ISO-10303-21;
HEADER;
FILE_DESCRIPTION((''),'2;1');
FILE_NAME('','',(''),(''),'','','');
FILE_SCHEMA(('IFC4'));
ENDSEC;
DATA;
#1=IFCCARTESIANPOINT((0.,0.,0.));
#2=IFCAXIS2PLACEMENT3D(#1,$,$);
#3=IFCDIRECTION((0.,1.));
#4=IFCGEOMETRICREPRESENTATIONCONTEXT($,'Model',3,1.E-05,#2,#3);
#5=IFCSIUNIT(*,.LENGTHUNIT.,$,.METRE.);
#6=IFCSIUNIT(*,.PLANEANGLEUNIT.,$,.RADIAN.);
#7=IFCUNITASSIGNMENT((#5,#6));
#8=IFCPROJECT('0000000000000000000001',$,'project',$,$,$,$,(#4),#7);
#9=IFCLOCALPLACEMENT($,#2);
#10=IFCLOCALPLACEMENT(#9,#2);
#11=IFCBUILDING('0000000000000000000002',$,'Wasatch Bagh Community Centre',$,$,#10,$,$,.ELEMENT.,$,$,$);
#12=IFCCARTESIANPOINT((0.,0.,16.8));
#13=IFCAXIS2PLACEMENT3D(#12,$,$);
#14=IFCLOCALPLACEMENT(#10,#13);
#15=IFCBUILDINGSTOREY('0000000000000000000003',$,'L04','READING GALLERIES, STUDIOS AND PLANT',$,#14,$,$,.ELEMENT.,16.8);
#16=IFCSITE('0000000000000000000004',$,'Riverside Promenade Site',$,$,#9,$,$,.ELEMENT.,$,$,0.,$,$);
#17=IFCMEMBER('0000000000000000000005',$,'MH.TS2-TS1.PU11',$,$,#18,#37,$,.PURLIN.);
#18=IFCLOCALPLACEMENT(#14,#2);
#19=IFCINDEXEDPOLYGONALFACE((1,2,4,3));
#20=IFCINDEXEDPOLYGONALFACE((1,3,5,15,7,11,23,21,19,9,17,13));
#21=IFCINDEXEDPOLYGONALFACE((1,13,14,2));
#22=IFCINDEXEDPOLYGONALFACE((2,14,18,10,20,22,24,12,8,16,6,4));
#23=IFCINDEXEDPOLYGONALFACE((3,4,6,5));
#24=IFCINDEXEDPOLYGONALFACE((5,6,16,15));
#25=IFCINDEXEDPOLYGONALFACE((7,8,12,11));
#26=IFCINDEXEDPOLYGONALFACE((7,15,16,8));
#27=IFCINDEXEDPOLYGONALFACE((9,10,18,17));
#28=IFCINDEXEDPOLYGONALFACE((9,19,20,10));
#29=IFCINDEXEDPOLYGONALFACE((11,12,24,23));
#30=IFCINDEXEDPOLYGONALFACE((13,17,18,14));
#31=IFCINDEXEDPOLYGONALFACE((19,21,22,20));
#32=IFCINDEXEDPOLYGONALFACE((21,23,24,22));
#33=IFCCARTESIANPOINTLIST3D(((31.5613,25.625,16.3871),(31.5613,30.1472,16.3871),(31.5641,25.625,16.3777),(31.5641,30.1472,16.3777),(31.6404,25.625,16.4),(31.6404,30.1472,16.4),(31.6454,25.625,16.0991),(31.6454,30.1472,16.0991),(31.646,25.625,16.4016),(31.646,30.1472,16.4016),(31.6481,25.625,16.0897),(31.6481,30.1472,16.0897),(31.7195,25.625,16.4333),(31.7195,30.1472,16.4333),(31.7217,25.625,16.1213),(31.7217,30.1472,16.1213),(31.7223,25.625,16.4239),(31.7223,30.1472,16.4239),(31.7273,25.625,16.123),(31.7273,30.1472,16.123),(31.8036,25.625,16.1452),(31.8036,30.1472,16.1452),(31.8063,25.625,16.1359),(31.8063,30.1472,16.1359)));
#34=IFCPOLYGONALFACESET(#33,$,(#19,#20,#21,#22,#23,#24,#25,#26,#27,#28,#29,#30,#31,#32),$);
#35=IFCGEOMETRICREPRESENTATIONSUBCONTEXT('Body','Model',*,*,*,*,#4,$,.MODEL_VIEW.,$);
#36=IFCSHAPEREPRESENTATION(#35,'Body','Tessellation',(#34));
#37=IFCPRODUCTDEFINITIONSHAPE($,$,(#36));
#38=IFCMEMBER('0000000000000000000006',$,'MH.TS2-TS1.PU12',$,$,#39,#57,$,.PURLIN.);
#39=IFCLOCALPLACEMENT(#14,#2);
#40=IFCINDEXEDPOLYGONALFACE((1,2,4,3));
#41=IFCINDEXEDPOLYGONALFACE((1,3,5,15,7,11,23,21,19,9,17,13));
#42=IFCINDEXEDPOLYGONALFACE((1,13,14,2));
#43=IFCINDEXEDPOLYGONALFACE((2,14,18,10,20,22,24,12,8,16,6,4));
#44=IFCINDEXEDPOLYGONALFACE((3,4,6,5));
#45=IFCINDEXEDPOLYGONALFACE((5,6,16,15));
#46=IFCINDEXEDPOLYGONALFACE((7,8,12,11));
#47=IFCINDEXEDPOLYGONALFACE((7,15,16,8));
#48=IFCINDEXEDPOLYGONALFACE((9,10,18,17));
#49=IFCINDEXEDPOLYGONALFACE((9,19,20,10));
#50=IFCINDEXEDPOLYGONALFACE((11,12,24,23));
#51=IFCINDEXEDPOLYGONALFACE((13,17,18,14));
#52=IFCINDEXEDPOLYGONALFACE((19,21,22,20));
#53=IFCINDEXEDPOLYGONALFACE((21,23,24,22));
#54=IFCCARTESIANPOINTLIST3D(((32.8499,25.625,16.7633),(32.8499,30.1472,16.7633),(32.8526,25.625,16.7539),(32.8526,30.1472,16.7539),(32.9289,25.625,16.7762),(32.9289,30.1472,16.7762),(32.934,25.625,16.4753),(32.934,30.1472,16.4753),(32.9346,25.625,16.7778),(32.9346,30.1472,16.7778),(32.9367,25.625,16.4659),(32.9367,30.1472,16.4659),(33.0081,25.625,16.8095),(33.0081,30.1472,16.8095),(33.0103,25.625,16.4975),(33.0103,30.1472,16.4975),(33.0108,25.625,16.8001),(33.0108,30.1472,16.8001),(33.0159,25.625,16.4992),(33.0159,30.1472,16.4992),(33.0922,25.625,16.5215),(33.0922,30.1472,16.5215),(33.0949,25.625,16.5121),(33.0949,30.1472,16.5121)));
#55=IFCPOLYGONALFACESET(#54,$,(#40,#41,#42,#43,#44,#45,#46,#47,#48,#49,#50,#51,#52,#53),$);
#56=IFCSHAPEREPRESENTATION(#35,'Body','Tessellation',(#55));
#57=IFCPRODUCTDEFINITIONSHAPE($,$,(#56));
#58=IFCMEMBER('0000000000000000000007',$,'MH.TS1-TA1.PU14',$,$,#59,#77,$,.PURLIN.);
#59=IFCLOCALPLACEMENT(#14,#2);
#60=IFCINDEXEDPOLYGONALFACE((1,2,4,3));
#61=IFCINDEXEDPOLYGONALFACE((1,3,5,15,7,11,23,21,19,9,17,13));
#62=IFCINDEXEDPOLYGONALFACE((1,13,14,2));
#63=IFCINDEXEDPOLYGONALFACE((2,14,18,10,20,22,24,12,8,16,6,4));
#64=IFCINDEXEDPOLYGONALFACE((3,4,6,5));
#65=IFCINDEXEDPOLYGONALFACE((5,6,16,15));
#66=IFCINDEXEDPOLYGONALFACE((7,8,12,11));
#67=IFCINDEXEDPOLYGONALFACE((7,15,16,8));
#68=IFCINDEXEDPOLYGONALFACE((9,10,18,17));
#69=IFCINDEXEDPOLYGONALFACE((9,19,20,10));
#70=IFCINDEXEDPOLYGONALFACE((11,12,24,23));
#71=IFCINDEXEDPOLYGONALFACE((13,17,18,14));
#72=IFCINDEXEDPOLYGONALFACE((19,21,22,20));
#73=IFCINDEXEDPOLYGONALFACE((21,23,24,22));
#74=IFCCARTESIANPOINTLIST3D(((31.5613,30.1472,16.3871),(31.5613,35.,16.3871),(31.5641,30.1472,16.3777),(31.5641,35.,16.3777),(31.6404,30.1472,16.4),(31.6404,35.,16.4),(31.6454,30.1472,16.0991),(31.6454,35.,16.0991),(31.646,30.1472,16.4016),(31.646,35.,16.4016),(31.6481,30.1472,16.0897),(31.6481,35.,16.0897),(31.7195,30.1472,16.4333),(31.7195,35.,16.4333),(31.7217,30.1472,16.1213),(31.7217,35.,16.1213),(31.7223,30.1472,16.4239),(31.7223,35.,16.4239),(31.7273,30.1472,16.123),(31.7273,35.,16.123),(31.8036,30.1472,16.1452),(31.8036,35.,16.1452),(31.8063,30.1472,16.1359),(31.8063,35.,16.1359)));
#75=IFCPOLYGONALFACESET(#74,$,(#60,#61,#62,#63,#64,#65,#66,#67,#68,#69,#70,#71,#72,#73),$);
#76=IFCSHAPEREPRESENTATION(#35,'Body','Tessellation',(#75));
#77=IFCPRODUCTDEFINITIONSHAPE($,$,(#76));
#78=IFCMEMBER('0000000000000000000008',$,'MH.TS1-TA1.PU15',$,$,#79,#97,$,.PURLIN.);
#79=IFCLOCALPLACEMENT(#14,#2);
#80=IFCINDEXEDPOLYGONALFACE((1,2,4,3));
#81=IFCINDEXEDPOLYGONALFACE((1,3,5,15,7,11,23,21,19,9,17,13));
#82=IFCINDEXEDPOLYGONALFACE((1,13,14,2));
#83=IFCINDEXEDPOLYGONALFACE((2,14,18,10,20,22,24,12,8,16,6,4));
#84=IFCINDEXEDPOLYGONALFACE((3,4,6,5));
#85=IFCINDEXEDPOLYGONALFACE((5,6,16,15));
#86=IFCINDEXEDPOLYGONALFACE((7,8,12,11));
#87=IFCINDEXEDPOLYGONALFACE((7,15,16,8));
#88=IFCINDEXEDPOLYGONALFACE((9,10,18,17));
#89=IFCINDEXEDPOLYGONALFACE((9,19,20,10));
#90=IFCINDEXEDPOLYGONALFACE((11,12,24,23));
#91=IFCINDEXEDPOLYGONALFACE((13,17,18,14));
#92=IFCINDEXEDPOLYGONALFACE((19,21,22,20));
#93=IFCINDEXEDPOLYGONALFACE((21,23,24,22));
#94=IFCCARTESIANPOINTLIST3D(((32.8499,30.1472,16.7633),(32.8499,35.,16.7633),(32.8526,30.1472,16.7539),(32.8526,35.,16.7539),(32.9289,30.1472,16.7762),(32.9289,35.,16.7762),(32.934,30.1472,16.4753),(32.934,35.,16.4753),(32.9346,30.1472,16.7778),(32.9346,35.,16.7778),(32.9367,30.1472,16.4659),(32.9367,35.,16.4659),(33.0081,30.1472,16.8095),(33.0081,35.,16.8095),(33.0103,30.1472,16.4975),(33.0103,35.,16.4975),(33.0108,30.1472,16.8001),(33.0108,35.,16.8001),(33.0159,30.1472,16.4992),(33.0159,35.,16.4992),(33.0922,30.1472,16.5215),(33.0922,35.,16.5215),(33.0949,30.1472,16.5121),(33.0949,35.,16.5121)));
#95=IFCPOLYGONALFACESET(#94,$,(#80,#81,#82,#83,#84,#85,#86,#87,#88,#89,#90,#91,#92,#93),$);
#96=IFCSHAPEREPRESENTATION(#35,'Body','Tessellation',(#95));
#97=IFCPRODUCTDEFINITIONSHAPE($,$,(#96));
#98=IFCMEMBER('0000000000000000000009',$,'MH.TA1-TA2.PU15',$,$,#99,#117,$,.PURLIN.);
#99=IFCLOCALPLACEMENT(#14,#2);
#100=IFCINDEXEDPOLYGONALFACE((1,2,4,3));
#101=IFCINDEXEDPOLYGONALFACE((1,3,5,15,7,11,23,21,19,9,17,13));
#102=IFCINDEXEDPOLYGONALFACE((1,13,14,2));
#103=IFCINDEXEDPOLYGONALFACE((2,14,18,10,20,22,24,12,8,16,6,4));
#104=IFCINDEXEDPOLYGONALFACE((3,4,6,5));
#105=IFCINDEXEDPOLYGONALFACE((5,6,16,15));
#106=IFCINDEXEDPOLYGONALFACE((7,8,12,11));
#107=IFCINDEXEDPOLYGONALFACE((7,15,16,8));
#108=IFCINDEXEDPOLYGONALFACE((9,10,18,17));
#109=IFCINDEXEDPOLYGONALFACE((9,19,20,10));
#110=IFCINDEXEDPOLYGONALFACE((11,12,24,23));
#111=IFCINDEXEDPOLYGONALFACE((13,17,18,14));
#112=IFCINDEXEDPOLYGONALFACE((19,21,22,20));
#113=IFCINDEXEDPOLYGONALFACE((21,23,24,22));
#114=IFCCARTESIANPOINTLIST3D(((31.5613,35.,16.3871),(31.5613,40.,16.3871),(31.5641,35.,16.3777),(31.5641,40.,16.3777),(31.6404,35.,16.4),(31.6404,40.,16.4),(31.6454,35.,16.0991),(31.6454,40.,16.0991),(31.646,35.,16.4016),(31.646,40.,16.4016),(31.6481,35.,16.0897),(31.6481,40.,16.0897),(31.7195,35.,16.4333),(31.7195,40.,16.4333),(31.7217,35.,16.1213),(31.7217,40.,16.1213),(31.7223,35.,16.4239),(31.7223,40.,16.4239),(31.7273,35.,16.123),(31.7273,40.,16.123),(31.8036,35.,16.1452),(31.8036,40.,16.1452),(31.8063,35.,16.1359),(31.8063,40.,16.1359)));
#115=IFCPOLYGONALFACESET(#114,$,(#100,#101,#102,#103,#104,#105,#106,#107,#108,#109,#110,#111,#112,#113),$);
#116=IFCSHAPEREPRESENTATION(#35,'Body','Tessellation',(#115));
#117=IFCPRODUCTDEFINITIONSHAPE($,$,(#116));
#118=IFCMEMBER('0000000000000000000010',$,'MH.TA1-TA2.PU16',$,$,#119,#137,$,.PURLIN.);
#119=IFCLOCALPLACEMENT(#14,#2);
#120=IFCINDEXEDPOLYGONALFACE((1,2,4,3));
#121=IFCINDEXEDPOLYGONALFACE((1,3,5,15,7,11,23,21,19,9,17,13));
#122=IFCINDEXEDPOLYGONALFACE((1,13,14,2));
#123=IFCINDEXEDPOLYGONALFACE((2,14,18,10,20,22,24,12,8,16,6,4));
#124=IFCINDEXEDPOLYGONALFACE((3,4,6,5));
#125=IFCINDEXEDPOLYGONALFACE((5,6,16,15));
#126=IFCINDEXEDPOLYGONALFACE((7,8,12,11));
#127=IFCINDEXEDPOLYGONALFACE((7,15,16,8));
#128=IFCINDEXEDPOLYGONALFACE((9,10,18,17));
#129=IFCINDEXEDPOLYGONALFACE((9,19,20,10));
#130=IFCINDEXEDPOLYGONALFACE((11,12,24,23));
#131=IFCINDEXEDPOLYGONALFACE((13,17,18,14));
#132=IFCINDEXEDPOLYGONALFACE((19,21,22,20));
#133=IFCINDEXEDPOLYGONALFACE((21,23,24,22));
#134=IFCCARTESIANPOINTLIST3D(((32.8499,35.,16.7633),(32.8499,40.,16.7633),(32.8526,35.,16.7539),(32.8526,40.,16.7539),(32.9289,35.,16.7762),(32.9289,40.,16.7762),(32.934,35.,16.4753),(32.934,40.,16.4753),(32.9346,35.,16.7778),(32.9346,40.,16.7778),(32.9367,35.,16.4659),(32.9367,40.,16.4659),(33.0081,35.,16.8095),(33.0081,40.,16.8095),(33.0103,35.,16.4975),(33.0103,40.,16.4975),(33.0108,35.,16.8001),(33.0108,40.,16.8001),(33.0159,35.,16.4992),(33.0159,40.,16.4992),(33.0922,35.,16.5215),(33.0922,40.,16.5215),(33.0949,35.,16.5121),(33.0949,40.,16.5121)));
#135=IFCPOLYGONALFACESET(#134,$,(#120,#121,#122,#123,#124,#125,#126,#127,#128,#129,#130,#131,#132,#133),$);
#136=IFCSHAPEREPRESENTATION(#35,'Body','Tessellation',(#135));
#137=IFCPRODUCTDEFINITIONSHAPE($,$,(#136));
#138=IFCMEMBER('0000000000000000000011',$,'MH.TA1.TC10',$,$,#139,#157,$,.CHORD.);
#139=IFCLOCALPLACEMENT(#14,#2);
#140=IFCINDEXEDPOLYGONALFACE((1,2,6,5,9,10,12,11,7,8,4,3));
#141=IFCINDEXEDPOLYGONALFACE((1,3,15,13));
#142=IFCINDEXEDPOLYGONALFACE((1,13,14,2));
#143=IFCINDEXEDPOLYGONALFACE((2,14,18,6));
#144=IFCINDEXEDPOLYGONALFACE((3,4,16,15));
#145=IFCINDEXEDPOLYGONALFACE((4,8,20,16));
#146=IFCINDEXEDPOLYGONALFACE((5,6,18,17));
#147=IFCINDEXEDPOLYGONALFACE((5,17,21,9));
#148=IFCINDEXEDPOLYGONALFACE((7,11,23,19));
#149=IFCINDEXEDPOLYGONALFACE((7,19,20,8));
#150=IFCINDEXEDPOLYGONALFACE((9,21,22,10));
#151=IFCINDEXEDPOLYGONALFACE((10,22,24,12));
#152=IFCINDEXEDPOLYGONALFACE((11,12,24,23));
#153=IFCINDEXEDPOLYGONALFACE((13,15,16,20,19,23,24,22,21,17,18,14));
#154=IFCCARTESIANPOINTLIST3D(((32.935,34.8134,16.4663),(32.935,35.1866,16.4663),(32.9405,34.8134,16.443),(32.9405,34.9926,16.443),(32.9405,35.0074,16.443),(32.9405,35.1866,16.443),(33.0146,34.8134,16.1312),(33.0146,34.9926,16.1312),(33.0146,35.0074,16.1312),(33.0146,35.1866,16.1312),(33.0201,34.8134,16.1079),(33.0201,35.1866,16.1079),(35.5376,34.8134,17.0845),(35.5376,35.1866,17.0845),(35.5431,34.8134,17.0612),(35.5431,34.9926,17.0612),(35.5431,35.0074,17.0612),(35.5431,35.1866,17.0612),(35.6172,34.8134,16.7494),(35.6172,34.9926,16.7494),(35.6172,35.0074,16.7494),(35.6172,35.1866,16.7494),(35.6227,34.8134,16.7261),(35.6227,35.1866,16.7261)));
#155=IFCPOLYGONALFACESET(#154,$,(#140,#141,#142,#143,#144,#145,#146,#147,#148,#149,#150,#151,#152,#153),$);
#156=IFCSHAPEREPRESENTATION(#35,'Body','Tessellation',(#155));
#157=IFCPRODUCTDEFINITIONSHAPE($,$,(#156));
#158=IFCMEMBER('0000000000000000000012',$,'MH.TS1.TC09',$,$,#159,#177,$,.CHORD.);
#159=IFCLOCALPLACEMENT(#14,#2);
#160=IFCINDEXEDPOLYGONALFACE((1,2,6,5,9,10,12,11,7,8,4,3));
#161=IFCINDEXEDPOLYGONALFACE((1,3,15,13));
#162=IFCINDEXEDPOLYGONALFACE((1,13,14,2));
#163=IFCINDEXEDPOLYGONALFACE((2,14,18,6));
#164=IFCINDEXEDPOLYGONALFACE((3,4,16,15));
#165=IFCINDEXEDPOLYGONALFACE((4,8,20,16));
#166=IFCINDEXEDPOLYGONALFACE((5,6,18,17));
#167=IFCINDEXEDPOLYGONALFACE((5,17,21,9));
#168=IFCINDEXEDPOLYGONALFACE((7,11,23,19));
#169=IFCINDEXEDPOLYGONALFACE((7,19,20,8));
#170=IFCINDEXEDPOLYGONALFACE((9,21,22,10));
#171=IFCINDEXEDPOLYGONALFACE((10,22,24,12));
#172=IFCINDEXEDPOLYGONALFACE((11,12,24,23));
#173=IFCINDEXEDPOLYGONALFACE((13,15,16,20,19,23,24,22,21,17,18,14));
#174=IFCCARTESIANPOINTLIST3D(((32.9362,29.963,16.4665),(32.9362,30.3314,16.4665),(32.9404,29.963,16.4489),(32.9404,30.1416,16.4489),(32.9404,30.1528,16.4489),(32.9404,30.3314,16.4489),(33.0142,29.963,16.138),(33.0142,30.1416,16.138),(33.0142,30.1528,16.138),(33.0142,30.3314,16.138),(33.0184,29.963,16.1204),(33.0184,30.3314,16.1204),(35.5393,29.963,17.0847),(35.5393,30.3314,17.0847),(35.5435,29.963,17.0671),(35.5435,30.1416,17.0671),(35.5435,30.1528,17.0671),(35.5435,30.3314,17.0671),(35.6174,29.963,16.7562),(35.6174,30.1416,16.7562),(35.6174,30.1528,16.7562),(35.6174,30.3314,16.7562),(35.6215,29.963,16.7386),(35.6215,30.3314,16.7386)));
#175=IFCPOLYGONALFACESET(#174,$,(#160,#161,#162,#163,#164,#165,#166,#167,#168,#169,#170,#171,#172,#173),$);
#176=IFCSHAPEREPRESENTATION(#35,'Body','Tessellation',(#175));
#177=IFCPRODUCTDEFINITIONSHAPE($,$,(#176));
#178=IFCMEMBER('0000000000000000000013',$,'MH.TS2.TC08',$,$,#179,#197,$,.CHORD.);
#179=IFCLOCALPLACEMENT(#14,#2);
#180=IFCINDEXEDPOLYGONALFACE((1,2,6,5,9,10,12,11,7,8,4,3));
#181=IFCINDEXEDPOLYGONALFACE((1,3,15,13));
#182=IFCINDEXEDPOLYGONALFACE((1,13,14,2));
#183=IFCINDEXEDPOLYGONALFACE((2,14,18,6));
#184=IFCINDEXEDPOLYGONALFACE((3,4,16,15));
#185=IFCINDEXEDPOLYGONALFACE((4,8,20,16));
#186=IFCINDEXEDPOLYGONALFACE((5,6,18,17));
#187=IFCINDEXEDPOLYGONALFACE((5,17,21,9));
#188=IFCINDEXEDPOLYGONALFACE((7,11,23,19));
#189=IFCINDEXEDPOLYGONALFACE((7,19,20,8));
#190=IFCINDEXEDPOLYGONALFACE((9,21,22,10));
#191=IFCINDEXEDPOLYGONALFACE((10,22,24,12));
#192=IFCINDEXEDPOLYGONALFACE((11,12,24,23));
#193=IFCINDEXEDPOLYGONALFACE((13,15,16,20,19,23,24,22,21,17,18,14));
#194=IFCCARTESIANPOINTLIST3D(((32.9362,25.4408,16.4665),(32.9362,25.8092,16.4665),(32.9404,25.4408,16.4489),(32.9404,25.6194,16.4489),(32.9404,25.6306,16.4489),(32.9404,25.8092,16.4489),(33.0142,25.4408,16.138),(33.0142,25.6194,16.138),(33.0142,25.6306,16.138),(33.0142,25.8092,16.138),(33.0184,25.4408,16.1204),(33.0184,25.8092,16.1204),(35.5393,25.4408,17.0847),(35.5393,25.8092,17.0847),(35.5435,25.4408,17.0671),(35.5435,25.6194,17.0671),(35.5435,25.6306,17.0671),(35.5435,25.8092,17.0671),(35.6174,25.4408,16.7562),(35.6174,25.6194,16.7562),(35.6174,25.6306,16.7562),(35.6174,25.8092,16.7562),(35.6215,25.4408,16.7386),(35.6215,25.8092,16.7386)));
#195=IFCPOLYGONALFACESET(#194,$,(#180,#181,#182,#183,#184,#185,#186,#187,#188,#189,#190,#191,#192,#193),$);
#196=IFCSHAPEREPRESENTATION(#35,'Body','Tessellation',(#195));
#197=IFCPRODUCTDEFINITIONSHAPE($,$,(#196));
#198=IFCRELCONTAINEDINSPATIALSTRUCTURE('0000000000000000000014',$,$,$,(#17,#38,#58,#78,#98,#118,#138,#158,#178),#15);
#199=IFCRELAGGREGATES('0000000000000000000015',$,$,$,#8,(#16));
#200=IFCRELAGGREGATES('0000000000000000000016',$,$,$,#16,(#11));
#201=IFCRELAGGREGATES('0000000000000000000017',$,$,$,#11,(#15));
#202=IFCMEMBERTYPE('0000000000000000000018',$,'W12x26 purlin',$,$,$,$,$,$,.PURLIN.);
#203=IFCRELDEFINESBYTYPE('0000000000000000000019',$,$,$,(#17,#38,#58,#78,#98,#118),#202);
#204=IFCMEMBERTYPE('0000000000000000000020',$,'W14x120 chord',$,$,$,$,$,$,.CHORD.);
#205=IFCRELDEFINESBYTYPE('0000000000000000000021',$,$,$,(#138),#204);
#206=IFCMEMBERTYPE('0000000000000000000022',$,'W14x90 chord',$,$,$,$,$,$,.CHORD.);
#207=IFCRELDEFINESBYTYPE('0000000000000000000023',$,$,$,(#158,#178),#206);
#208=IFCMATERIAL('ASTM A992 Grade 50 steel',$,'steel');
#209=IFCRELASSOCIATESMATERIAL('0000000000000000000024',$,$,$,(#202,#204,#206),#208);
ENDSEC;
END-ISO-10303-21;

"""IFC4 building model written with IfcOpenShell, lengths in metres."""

from ifc_helpers import new_model, si_unit, direction, frame, origin, origin_2d, place, context, subcontext, project, spatial, i_section, extrude, material, material_profile, profile_set, type_object, element, save


model = new_model("IFC4")

# Units and contexts
model_context = context("Model", 3, precision=1e-05, world=origin(), true_north=direction((0.0, 1.0)))
body_context = subcontext(model_context, "Body", "Model", "MODEL_VIEW")
ifc_project = project(units=[si_unit("LENGTHUNIT", "METRE"), si_unit("PLANEANGLEUNIT", "RADIAN")], contexts=[model_context])

# Site, building, storey
site_placement = place(None, origin())
site = spatial("IfcSite", under=ifc_project, at=site_placement, Name="Riverside Promenade Site", CompositionType="ELEMENT", RefElevation=0.0)
building_placement = place(site_placement, origin())
building = spatial("IfcBuilding", under=site, at=building_placement, Name="Wasatch Bagh Community Centre", CompositionType="ELEMENT")
storey_placement = place(building_placement, frame((0.0, 0.0, 16.8)))
storey = spatial("IfcBuildingStorey", under=building, at=storey_placement, Name="L04", Description="READING GALLERIES, STUDIOS AND PLANT", CompositionType="ELEMENT", Elevation=16.8)

# Members
ifc_material_1 = material(Name="ASTM A992 Grade 50 steel", Category="steel")
ifc_material_profile_1 = material_profile(ifc_material_1, i_section(OverallWidth=0.1648, OverallDepth=0.3098, WebThickness=0.0059, FlangeThickness=0.0098, at=origin_2d()), Name="W12x26")
ifc_profile_set_1 = profile_set([ifc_material_profile_1], Name="ASTM A992 Grade 50 steel")
member_type_1 = type_object("IfcMemberType", Name="W12x26 purlin", PredefinedType="PURLIN", material=ifc_profile_set_1)
for number, where, z_axis, x_axis, name in (
    (1, (31.6838, 25.625, 16.2615), (0.0, 1.0, 0.0), (-0.959938, 0.0, -0.280214), "MH.TS2-TS1.PU11"),
    (2, (32.9724, 25.625, 16.6377), (0.0, 1.0, 0.0), (-0.959938, 0.0, -0.280214), "MH.TS2-TS1.PU12"),
):
    element("IfcMember", number, at=place(storey_placement, frame(where, z_axis=z_axis, x_axis=x_axis)), inside=storey, type_object=member_type_1, Name=name, PredefinedType="PURLIN", context=body_context, shape_type="SweptSolid", body=[
        extrude(i_section(OverallWidth=0.1648, OverallDepth=0.3098, WebThickness=0.0059, FlangeThickness=0.0098, at=origin_2d()), origin(), (0.0, 0.0, 1.0), 4.5222),
    ])
for number, where, z_axis, x_axis, name in (
    (3, (31.6838, 30.1472, 16.2615), (0.0, 1.0, 0.0), (-0.959938, 0.0, -0.280214), "MH.TS1-TA1.PU14"),
    (4, (32.9724, 30.1472, 16.6377), (0.0, 1.0, 0.0), (-0.959938, 0.0, -0.280214), "MH.TS1-TA1.PU15"),
):
    element("IfcMember", number, at=place(storey_placement, frame(where, z_axis=z_axis, x_axis=x_axis)), inside=storey, type_object=member_type_1, Name=name, PredefinedType="PURLIN", context=body_context, shape_type="SweptSolid", body=[
        extrude(i_section(OverallWidth=0.1648, OverallDepth=0.3098, WebThickness=0.0059, FlangeThickness=0.0098, at=origin_2d()), origin(), (0.0, 0.0, 1.0), 4.8528),
    ])
for number, where, z_axis, x_axis, name in (
    (5, (31.6838, 35.0, 16.2615), (0.0, 1.0, 0.0), (-0.959938, 0.0, -0.280214), "MH.TA1-TA2.PU15"),
    (6, (32.9724, 35.0, 16.6377), (0.0, 1.0, 0.0), (-0.959938, 0.0, -0.280214), "MH.TA1-TA2.PU16"),
):
    element("IfcMember", number, at=place(storey_placement, frame(where, z_axis=z_axis, x_axis=x_axis)), inside=storey, type_object=member_type_1, Name=name, PredefinedType="PURLIN", context=body_context, shape_type="SweptSolid", body=[
        extrude(i_section(OverallWidth=0.1648, OverallDepth=0.3098, WebThickness=0.0059, FlangeThickness=0.0098, at=origin_2d()), origin(), (0.0, 0.0, 1.0), 5.0),
    ])
ifc_material_profile_2 = material_profile(ifc_material_1, i_section(OverallWidth=0.3733, OverallDepth=0.3684, WebThickness=0.0149, FlangeThickness=0.0239, at=origin_2d()), Name="W14x120")
ifc_profile_set_2 = profile_set([ifc_material_profile_2], Name="ASTM A992 Grade 50 steel")
member_type_2 = type_object("IfcMemberType", Name="W14x120 chord", PredefinedType="CHORD", material=ifc_profile_set_2)
member_placement = place(storey_placement, frame((32.9775, 35.0, 16.2871), z_axis=(0.972931, 0.0, 0.231094), x_axis=(0.0, 1.0, 0.0)))
element("IfcMember", 7, at=member_placement, inside=storey, type_object=member_type_2, Name="MH.TA1.TC10", PredefinedType="CHORD", context=body_context, shape_type="SweptSolid", body=[
    extrude(i_section(OverallWidth=0.3733, OverallDepth=0.3684, WebThickness=0.0149, FlangeThickness=0.0239, at=origin_2d()), origin(), (0.0, 0.0, 1.0), 2.675),
])
ifc_material_profile_3 = material_profile(ifc_material_1, i_section(OverallWidth=0.3684, OverallDepth=0.3557, WebThickness=0.0112, FlangeThickness=0.0181, at=origin_2d()), Name="W14x90")
ifc_profile_set_3 = profile_set([ifc_material_profile_3], Name="ASTM A992 Grade 50 steel")
member_type_3 = type_object("IfcMemberType", Name="W14x90 chord", PredefinedType="CHORD", material=ifc_profile_set_3)
for number, where, z_axis, x_axis, name in (
    (8, (32.9773, 30.1472, 16.2935), (0.972941, 0.0, 0.231053), (0.0, 1.0, 0.0), "MH.TS1.TC09"),
    (9, (32.9773, 25.625, 16.2935), (0.972941, 0.0, 0.231053), (0.0, 1.0, 0.0), "MH.TS2.TC08"),
):
    element("IfcMember", number, at=place(storey_placement, frame(where, z_axis=z_axis, x_axis=x_axis)), inside=storey, type_object=member_type_3, Name=name, PredefinedType="CHORD", context=body_context, shape_type="SweptSolid", body=[
        extrude(i_section(OverallWidth=0.3684, OverallDepth=0.3557, WebThickness=0.0112, FlangeThickness=0.0181, at=origin_2d()), origin(), (0.0, 0.0, 1.0), 2.6755),
    ])

save(model, "model.ifc")
